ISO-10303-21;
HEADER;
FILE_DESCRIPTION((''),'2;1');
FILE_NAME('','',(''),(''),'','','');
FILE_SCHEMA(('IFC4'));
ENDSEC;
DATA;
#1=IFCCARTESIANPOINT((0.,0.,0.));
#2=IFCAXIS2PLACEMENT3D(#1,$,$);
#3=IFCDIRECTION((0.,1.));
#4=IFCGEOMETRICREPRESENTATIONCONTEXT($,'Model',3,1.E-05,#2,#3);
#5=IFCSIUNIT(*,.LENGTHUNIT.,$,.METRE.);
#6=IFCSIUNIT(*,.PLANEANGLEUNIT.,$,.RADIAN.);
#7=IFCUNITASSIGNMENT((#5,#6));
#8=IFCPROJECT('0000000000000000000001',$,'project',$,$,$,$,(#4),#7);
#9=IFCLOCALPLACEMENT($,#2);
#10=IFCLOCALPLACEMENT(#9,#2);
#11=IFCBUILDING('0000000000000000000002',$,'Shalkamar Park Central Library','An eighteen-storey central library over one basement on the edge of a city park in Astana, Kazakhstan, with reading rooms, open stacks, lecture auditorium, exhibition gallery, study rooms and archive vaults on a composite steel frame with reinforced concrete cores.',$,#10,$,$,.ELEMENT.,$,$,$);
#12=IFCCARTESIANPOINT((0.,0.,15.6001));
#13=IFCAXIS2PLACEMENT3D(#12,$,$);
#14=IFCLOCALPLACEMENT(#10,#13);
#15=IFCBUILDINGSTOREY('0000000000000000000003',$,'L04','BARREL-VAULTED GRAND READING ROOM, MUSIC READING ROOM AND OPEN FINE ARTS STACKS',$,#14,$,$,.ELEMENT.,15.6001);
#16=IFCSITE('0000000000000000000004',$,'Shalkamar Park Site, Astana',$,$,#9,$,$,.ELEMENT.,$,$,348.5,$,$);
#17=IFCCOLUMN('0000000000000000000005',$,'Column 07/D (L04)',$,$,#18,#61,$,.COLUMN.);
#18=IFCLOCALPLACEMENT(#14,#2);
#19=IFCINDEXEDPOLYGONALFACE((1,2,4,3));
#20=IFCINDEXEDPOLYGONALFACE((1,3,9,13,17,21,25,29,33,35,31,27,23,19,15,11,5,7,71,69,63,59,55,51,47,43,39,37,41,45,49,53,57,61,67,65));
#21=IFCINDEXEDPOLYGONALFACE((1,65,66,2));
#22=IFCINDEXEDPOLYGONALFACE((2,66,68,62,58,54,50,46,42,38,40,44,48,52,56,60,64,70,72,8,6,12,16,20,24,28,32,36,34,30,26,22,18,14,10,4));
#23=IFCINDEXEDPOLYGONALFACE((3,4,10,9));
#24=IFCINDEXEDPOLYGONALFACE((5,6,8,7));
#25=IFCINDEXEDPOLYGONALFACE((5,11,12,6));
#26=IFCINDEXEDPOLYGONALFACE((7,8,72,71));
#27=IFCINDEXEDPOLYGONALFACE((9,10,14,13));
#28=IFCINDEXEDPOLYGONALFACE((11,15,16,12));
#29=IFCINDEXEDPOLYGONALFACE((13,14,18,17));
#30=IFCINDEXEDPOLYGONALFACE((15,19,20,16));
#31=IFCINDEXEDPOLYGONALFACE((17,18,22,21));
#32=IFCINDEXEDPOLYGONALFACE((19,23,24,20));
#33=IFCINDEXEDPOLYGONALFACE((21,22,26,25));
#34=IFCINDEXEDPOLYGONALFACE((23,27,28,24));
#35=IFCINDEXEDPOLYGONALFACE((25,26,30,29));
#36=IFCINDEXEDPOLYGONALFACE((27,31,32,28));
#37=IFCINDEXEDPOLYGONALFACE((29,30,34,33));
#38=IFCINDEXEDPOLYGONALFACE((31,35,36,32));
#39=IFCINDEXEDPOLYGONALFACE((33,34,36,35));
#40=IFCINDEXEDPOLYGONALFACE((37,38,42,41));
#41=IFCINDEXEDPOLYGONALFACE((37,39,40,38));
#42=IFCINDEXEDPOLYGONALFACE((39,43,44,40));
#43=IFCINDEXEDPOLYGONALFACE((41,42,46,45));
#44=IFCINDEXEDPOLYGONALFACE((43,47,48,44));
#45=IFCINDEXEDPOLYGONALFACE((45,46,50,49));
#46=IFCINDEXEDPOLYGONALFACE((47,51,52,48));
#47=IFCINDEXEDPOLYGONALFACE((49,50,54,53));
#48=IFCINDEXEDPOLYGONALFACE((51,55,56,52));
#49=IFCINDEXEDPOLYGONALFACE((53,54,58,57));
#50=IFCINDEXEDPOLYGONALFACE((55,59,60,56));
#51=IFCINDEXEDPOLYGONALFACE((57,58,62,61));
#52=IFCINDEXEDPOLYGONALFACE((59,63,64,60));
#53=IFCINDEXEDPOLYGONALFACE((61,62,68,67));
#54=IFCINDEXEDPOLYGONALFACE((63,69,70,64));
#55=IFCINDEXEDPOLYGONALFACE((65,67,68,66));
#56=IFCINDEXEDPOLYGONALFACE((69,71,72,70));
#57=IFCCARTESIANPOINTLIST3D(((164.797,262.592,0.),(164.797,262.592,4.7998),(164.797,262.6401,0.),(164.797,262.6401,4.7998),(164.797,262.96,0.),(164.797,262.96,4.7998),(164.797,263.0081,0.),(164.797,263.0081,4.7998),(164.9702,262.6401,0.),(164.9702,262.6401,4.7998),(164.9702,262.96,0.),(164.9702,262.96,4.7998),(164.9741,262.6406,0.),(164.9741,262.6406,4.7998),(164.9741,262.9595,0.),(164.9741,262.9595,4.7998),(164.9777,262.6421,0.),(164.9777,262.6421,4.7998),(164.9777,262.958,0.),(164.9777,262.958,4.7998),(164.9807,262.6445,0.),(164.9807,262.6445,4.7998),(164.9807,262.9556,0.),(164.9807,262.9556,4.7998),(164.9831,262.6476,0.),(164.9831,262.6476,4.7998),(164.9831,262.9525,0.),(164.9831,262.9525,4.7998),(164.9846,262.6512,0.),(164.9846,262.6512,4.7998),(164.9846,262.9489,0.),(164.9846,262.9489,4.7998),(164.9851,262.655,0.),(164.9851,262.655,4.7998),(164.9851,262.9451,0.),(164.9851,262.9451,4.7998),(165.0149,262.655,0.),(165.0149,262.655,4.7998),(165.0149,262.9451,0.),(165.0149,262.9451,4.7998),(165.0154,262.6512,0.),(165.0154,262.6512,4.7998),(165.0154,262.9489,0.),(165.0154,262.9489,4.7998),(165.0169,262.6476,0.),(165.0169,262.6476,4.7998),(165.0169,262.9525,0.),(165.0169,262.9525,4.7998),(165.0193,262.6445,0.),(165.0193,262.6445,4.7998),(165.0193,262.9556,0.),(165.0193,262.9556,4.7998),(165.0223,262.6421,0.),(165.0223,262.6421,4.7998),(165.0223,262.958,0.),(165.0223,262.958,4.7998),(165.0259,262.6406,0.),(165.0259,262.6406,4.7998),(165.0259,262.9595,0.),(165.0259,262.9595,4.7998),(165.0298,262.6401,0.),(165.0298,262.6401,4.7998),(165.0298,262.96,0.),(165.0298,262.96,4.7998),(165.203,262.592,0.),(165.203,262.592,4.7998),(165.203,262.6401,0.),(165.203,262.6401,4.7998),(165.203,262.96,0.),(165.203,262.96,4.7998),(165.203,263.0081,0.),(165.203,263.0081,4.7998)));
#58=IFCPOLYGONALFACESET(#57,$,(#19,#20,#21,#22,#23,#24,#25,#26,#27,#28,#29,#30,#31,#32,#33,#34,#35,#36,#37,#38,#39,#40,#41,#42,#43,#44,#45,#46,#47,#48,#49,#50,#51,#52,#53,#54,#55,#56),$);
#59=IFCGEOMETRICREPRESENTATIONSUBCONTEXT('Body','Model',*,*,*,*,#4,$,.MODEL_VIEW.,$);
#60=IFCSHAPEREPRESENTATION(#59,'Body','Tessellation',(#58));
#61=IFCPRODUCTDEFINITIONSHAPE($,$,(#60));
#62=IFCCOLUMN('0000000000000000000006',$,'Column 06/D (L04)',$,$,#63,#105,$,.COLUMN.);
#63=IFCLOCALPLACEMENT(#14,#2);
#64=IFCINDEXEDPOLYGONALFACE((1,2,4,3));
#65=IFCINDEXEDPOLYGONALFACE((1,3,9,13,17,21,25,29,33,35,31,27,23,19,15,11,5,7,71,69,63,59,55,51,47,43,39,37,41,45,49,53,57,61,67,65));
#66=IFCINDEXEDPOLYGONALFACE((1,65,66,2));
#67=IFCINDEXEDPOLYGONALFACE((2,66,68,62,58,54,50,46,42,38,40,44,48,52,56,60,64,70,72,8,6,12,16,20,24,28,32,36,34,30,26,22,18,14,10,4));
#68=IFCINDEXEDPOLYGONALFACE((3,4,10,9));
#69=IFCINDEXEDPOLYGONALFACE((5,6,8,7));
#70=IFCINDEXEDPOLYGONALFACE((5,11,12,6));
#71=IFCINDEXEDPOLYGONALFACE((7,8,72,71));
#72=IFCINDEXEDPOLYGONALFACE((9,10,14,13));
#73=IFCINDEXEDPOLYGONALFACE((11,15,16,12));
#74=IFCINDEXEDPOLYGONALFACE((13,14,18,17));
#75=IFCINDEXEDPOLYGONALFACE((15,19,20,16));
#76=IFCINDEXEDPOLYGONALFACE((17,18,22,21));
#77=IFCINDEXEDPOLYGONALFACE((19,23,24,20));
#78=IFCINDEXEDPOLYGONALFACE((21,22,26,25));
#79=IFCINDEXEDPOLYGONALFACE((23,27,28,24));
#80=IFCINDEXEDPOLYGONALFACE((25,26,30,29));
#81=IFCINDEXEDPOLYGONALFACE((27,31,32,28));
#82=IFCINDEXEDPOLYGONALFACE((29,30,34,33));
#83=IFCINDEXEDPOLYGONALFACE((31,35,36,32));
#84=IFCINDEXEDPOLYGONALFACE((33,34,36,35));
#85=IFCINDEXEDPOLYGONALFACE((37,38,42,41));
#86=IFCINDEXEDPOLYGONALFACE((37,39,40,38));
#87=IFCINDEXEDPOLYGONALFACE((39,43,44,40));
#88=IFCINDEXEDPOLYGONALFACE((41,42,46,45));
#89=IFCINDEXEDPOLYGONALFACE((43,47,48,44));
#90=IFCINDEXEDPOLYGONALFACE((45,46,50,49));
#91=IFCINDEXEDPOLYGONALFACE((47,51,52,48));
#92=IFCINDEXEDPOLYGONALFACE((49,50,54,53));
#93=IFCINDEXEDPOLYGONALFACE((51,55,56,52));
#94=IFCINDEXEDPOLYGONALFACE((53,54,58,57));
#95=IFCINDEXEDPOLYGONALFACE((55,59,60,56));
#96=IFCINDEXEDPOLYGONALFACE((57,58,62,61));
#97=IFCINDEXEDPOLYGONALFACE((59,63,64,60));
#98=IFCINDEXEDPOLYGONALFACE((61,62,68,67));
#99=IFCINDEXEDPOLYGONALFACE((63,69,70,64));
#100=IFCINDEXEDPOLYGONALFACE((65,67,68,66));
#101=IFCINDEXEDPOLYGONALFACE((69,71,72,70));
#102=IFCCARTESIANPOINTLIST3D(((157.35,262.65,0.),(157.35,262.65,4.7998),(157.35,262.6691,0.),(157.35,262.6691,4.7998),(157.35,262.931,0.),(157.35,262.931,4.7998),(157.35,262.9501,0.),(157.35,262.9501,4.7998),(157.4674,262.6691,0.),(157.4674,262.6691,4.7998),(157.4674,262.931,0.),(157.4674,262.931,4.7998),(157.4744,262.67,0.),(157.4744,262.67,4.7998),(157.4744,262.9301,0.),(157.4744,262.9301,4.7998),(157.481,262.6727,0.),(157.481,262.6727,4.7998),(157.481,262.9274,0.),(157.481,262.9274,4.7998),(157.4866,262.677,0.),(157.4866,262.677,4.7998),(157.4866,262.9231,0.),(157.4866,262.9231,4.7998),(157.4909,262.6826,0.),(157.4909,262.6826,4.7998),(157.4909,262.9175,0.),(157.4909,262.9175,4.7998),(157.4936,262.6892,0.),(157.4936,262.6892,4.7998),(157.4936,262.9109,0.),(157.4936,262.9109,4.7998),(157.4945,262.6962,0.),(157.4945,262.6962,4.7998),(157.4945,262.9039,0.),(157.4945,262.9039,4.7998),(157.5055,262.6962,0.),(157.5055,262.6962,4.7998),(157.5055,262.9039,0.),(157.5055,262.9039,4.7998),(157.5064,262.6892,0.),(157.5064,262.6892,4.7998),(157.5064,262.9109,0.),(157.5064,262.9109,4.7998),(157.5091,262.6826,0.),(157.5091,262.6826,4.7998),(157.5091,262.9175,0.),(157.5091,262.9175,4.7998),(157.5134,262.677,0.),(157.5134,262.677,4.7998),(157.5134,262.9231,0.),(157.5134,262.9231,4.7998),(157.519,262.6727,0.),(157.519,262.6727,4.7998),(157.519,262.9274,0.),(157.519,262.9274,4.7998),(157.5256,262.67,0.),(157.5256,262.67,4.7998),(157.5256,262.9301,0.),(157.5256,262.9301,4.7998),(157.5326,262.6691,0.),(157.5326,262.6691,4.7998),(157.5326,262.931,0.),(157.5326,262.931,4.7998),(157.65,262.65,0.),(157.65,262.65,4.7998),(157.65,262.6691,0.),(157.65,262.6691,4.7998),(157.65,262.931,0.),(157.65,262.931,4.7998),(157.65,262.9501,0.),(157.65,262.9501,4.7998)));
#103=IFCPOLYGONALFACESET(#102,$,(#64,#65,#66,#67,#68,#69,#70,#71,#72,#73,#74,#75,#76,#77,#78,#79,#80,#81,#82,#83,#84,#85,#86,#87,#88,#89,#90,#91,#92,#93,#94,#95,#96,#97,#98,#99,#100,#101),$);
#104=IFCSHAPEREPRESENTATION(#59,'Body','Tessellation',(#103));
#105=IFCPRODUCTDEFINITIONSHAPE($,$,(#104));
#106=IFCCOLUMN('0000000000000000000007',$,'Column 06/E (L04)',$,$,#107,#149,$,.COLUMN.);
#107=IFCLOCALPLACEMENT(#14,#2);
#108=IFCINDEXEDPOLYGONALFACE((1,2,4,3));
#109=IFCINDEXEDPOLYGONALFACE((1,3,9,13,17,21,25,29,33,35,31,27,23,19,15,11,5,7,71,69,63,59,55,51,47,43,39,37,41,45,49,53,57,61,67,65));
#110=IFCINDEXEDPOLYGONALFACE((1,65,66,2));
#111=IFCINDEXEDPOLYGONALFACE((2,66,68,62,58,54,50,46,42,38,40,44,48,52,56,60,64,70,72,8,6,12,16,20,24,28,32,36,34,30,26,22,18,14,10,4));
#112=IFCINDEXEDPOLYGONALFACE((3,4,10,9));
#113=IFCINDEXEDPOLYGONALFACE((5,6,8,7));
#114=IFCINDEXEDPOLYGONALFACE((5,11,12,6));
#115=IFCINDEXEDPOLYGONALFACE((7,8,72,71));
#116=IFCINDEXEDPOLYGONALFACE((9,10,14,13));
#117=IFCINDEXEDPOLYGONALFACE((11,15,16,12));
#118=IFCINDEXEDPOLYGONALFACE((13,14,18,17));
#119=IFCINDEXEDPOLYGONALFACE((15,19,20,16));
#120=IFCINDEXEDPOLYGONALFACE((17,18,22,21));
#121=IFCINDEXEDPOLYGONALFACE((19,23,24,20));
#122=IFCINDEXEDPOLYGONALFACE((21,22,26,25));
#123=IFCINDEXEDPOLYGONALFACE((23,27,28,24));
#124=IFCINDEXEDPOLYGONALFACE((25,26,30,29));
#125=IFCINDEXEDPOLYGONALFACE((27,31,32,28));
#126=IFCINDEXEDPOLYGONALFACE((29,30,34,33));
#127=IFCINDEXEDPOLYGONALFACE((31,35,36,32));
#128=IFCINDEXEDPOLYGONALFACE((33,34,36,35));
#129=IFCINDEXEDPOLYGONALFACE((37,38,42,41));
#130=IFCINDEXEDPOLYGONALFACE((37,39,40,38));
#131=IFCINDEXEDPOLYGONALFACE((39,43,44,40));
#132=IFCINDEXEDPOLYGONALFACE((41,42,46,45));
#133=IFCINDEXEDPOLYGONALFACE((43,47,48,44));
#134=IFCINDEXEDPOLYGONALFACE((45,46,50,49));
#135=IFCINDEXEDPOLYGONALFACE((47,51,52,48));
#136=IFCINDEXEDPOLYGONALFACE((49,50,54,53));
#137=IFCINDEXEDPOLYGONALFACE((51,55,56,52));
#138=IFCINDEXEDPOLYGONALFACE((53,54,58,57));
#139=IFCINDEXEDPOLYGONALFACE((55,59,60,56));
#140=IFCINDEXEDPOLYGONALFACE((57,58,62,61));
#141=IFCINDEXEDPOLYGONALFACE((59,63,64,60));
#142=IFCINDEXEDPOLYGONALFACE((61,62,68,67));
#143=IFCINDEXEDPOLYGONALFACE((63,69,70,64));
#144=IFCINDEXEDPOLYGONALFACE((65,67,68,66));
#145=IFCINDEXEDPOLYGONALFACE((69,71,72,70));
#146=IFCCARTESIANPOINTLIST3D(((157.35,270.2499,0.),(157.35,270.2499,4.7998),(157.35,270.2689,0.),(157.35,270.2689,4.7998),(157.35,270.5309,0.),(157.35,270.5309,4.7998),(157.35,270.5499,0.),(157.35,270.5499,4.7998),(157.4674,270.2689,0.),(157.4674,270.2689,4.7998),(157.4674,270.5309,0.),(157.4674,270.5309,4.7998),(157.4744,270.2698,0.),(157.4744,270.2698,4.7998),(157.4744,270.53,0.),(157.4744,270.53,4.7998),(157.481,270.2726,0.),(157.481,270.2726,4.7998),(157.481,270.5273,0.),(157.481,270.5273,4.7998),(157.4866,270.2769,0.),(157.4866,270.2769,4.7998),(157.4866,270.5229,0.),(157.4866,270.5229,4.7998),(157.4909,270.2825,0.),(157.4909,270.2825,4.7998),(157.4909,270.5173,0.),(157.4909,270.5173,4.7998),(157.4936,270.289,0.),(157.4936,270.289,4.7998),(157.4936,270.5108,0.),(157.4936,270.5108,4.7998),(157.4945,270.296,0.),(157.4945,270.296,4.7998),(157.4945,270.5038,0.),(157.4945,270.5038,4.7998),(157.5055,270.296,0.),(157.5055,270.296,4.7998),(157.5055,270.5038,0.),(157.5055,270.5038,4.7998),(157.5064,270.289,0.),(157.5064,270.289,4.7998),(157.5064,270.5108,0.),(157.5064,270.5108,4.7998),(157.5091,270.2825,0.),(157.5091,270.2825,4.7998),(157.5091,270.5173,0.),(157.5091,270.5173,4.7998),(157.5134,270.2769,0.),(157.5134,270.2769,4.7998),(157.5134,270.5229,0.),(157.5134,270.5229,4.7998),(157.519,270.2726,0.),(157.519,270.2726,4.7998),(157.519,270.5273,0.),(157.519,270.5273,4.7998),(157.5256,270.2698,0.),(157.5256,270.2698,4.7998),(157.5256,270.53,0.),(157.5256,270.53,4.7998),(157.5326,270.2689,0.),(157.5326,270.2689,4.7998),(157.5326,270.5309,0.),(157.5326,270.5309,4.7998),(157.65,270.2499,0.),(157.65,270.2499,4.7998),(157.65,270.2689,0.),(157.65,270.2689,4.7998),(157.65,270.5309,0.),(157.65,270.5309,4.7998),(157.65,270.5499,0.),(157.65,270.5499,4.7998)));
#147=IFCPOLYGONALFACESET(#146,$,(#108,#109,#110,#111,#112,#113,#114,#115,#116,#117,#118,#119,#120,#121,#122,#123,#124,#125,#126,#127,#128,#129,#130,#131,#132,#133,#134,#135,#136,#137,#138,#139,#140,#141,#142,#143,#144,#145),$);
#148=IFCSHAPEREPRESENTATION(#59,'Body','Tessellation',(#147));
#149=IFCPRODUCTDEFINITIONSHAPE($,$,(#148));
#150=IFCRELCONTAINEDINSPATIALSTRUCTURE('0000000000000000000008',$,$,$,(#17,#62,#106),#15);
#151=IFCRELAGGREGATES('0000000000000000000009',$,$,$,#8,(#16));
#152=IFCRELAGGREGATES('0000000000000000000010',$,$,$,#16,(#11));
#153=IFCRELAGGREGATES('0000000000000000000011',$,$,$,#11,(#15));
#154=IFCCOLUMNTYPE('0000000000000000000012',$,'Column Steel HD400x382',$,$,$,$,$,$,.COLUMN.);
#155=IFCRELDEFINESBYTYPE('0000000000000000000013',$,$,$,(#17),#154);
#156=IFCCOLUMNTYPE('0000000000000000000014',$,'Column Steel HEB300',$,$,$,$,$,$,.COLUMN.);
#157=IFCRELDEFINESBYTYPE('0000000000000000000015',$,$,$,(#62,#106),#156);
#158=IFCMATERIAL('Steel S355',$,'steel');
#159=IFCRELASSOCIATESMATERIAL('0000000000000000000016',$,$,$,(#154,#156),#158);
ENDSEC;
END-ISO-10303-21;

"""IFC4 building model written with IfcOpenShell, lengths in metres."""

from ifc_helpers import new_model, si_unit, direction, frame, origin, origin_2d, place, context, subcontext, project, spatial, i_section, extrude, material, material_profile, profile_set, type_object, element, save


model = new_model("IFC4")

# Units and contexts
model_context = context("Model", 3, precision=1e-05, world=origin(), true_north=direction((0.0, 1.0)))
body_context = subcontext(model_context, "Body", "Model", "MODEL_VIEW")
ifc_project = project(units=[si_unit("LENGTHUNIT", "METRE"), si_unit("PLANEANGLEUNIT", "RADIAN")], contexts=[model_context])

# Site, building, storey
site_placement = place(None, origin())
site = spatial("IfcSite", under=ifc_project, at=site_placement, Name="Shalkamar Park Site, Astana", CompositionType="ELEMENT", RefElevation=348.5)
building_placement = place(site_placement, origin())
building = spatial("IfcBuilding", under=site, at=building_placement, Name="Shalkamar Park Central Library", Description="An eighteen-storey central library over one basement on the edge of a city park in Astana, Kazakhstan, with reading rooms, open stacks, lecture auditorium, exhibition gallery, study rooms and archive vaults on a composite steel frame with reinforced concrete cores.", CompositionType="ELEMENT")
storey_placement = place(building_placement, frame((0.0, 0.0, 15.6001)))
storey = spatial("IfcBuildingStorey", under=building, at=storey_placement, Name="L04", Description="BARREL-VAULTED GRAND READING ROOM, MUSIC READING ROOM AND OPEN FINE ARTS STACKS", CompositionType="ELEMENT", Elevation=15.6001)

# Columns
ifc_material_1 = material(Name="Steel S355", Category="steel")
ifc_material_profile_1 = material_profile(ifc_material_1, i_section(OverallWidth=0.406, OverallDepth=0.416, WebThickness=0.0298, FlangeThickness=0.0481, FilletRadius=0.0149, at=origin_2d()), Name="HD 400x382")
ifc_profile_set_1 = profile_set([ifc_material_profile_1], Name="Steel S355")
column_type_1 = type_object("IfcColumnType", Name="Column Steel HD400x382", PredefinedType="COLUMN", material=ifc_profile_set_1)
column_placement = place(storey_placement, frame((165.0, 262.8, 0.0), z_axis=(0.0, 0.0, 1.0), x_axis=(1.0, 0.0, 0.0)))
element("IfcColumn", 1, at=column_placement, inside=storey, type_object=column_type_1, Name="Column 07/D (L04)", PredefinedType="COLUMN", context=body_context, shape_type="SweptSolid", body=[
    extrude(i_section(OverallWidth=0.406, OverallDepth=0.416, WebThickness=0.0298, FlangeThickness=0.0481, FilletRadius=0.0149, at=origin_2d()), origin(), (0.0, 0.0, 1.0), 4.7998),
])
ifc_material_profile_2 = material_profile(ifc_material_1, i_section(OverallWidth=0.3, OverallDepth=0.3, WebThickness=0.011, FlangeThickness=0.019, FilletRadius=0.0271, at=origin_2d()), Name="HEB 300")
ifc_profile_set_2 = profile_set([ifc_material_profile_2], Name="Steel S355")
column_type_2 = type_object("IfcColumnType", Name="Column Steel HEB300", PredefinedType="COLUMN", material=ifc_profile_set_2)
for number, where, z_axis, x_axis, name in (
    (2, (157.5, 262.8, 0.0), (0.0, 0.0, 1.0), (1.0, 0.0, 0.0), "Column 06/D (L04)"),
    (3, (157.5, 270.3999, 0.0), (0.0, 0.0, 1.0), (1.0, 0.0, 0.0), "Column 06/E (L04)"),
):
    element("IfcColumn", number, at=place(storey_placement, frame(where, z_axis=z_axis, x_axis=x_axis)), inside=storey, type_object=column_type_2, Name=name, PredefinedType="COLUMN", context=body_context, shape_type="SweptSolid", body=[
        extrude(i_section(OverallWidth=0.3, OverallDepth=0.3, WebThickness=0.011, FlangeThickness=0.019, FilletRadius=0.0271, at=origin_2d()), origin(), (0.0, 0.0, 1.0), 4.7998),
    ])

save(model, "model.ifc")
